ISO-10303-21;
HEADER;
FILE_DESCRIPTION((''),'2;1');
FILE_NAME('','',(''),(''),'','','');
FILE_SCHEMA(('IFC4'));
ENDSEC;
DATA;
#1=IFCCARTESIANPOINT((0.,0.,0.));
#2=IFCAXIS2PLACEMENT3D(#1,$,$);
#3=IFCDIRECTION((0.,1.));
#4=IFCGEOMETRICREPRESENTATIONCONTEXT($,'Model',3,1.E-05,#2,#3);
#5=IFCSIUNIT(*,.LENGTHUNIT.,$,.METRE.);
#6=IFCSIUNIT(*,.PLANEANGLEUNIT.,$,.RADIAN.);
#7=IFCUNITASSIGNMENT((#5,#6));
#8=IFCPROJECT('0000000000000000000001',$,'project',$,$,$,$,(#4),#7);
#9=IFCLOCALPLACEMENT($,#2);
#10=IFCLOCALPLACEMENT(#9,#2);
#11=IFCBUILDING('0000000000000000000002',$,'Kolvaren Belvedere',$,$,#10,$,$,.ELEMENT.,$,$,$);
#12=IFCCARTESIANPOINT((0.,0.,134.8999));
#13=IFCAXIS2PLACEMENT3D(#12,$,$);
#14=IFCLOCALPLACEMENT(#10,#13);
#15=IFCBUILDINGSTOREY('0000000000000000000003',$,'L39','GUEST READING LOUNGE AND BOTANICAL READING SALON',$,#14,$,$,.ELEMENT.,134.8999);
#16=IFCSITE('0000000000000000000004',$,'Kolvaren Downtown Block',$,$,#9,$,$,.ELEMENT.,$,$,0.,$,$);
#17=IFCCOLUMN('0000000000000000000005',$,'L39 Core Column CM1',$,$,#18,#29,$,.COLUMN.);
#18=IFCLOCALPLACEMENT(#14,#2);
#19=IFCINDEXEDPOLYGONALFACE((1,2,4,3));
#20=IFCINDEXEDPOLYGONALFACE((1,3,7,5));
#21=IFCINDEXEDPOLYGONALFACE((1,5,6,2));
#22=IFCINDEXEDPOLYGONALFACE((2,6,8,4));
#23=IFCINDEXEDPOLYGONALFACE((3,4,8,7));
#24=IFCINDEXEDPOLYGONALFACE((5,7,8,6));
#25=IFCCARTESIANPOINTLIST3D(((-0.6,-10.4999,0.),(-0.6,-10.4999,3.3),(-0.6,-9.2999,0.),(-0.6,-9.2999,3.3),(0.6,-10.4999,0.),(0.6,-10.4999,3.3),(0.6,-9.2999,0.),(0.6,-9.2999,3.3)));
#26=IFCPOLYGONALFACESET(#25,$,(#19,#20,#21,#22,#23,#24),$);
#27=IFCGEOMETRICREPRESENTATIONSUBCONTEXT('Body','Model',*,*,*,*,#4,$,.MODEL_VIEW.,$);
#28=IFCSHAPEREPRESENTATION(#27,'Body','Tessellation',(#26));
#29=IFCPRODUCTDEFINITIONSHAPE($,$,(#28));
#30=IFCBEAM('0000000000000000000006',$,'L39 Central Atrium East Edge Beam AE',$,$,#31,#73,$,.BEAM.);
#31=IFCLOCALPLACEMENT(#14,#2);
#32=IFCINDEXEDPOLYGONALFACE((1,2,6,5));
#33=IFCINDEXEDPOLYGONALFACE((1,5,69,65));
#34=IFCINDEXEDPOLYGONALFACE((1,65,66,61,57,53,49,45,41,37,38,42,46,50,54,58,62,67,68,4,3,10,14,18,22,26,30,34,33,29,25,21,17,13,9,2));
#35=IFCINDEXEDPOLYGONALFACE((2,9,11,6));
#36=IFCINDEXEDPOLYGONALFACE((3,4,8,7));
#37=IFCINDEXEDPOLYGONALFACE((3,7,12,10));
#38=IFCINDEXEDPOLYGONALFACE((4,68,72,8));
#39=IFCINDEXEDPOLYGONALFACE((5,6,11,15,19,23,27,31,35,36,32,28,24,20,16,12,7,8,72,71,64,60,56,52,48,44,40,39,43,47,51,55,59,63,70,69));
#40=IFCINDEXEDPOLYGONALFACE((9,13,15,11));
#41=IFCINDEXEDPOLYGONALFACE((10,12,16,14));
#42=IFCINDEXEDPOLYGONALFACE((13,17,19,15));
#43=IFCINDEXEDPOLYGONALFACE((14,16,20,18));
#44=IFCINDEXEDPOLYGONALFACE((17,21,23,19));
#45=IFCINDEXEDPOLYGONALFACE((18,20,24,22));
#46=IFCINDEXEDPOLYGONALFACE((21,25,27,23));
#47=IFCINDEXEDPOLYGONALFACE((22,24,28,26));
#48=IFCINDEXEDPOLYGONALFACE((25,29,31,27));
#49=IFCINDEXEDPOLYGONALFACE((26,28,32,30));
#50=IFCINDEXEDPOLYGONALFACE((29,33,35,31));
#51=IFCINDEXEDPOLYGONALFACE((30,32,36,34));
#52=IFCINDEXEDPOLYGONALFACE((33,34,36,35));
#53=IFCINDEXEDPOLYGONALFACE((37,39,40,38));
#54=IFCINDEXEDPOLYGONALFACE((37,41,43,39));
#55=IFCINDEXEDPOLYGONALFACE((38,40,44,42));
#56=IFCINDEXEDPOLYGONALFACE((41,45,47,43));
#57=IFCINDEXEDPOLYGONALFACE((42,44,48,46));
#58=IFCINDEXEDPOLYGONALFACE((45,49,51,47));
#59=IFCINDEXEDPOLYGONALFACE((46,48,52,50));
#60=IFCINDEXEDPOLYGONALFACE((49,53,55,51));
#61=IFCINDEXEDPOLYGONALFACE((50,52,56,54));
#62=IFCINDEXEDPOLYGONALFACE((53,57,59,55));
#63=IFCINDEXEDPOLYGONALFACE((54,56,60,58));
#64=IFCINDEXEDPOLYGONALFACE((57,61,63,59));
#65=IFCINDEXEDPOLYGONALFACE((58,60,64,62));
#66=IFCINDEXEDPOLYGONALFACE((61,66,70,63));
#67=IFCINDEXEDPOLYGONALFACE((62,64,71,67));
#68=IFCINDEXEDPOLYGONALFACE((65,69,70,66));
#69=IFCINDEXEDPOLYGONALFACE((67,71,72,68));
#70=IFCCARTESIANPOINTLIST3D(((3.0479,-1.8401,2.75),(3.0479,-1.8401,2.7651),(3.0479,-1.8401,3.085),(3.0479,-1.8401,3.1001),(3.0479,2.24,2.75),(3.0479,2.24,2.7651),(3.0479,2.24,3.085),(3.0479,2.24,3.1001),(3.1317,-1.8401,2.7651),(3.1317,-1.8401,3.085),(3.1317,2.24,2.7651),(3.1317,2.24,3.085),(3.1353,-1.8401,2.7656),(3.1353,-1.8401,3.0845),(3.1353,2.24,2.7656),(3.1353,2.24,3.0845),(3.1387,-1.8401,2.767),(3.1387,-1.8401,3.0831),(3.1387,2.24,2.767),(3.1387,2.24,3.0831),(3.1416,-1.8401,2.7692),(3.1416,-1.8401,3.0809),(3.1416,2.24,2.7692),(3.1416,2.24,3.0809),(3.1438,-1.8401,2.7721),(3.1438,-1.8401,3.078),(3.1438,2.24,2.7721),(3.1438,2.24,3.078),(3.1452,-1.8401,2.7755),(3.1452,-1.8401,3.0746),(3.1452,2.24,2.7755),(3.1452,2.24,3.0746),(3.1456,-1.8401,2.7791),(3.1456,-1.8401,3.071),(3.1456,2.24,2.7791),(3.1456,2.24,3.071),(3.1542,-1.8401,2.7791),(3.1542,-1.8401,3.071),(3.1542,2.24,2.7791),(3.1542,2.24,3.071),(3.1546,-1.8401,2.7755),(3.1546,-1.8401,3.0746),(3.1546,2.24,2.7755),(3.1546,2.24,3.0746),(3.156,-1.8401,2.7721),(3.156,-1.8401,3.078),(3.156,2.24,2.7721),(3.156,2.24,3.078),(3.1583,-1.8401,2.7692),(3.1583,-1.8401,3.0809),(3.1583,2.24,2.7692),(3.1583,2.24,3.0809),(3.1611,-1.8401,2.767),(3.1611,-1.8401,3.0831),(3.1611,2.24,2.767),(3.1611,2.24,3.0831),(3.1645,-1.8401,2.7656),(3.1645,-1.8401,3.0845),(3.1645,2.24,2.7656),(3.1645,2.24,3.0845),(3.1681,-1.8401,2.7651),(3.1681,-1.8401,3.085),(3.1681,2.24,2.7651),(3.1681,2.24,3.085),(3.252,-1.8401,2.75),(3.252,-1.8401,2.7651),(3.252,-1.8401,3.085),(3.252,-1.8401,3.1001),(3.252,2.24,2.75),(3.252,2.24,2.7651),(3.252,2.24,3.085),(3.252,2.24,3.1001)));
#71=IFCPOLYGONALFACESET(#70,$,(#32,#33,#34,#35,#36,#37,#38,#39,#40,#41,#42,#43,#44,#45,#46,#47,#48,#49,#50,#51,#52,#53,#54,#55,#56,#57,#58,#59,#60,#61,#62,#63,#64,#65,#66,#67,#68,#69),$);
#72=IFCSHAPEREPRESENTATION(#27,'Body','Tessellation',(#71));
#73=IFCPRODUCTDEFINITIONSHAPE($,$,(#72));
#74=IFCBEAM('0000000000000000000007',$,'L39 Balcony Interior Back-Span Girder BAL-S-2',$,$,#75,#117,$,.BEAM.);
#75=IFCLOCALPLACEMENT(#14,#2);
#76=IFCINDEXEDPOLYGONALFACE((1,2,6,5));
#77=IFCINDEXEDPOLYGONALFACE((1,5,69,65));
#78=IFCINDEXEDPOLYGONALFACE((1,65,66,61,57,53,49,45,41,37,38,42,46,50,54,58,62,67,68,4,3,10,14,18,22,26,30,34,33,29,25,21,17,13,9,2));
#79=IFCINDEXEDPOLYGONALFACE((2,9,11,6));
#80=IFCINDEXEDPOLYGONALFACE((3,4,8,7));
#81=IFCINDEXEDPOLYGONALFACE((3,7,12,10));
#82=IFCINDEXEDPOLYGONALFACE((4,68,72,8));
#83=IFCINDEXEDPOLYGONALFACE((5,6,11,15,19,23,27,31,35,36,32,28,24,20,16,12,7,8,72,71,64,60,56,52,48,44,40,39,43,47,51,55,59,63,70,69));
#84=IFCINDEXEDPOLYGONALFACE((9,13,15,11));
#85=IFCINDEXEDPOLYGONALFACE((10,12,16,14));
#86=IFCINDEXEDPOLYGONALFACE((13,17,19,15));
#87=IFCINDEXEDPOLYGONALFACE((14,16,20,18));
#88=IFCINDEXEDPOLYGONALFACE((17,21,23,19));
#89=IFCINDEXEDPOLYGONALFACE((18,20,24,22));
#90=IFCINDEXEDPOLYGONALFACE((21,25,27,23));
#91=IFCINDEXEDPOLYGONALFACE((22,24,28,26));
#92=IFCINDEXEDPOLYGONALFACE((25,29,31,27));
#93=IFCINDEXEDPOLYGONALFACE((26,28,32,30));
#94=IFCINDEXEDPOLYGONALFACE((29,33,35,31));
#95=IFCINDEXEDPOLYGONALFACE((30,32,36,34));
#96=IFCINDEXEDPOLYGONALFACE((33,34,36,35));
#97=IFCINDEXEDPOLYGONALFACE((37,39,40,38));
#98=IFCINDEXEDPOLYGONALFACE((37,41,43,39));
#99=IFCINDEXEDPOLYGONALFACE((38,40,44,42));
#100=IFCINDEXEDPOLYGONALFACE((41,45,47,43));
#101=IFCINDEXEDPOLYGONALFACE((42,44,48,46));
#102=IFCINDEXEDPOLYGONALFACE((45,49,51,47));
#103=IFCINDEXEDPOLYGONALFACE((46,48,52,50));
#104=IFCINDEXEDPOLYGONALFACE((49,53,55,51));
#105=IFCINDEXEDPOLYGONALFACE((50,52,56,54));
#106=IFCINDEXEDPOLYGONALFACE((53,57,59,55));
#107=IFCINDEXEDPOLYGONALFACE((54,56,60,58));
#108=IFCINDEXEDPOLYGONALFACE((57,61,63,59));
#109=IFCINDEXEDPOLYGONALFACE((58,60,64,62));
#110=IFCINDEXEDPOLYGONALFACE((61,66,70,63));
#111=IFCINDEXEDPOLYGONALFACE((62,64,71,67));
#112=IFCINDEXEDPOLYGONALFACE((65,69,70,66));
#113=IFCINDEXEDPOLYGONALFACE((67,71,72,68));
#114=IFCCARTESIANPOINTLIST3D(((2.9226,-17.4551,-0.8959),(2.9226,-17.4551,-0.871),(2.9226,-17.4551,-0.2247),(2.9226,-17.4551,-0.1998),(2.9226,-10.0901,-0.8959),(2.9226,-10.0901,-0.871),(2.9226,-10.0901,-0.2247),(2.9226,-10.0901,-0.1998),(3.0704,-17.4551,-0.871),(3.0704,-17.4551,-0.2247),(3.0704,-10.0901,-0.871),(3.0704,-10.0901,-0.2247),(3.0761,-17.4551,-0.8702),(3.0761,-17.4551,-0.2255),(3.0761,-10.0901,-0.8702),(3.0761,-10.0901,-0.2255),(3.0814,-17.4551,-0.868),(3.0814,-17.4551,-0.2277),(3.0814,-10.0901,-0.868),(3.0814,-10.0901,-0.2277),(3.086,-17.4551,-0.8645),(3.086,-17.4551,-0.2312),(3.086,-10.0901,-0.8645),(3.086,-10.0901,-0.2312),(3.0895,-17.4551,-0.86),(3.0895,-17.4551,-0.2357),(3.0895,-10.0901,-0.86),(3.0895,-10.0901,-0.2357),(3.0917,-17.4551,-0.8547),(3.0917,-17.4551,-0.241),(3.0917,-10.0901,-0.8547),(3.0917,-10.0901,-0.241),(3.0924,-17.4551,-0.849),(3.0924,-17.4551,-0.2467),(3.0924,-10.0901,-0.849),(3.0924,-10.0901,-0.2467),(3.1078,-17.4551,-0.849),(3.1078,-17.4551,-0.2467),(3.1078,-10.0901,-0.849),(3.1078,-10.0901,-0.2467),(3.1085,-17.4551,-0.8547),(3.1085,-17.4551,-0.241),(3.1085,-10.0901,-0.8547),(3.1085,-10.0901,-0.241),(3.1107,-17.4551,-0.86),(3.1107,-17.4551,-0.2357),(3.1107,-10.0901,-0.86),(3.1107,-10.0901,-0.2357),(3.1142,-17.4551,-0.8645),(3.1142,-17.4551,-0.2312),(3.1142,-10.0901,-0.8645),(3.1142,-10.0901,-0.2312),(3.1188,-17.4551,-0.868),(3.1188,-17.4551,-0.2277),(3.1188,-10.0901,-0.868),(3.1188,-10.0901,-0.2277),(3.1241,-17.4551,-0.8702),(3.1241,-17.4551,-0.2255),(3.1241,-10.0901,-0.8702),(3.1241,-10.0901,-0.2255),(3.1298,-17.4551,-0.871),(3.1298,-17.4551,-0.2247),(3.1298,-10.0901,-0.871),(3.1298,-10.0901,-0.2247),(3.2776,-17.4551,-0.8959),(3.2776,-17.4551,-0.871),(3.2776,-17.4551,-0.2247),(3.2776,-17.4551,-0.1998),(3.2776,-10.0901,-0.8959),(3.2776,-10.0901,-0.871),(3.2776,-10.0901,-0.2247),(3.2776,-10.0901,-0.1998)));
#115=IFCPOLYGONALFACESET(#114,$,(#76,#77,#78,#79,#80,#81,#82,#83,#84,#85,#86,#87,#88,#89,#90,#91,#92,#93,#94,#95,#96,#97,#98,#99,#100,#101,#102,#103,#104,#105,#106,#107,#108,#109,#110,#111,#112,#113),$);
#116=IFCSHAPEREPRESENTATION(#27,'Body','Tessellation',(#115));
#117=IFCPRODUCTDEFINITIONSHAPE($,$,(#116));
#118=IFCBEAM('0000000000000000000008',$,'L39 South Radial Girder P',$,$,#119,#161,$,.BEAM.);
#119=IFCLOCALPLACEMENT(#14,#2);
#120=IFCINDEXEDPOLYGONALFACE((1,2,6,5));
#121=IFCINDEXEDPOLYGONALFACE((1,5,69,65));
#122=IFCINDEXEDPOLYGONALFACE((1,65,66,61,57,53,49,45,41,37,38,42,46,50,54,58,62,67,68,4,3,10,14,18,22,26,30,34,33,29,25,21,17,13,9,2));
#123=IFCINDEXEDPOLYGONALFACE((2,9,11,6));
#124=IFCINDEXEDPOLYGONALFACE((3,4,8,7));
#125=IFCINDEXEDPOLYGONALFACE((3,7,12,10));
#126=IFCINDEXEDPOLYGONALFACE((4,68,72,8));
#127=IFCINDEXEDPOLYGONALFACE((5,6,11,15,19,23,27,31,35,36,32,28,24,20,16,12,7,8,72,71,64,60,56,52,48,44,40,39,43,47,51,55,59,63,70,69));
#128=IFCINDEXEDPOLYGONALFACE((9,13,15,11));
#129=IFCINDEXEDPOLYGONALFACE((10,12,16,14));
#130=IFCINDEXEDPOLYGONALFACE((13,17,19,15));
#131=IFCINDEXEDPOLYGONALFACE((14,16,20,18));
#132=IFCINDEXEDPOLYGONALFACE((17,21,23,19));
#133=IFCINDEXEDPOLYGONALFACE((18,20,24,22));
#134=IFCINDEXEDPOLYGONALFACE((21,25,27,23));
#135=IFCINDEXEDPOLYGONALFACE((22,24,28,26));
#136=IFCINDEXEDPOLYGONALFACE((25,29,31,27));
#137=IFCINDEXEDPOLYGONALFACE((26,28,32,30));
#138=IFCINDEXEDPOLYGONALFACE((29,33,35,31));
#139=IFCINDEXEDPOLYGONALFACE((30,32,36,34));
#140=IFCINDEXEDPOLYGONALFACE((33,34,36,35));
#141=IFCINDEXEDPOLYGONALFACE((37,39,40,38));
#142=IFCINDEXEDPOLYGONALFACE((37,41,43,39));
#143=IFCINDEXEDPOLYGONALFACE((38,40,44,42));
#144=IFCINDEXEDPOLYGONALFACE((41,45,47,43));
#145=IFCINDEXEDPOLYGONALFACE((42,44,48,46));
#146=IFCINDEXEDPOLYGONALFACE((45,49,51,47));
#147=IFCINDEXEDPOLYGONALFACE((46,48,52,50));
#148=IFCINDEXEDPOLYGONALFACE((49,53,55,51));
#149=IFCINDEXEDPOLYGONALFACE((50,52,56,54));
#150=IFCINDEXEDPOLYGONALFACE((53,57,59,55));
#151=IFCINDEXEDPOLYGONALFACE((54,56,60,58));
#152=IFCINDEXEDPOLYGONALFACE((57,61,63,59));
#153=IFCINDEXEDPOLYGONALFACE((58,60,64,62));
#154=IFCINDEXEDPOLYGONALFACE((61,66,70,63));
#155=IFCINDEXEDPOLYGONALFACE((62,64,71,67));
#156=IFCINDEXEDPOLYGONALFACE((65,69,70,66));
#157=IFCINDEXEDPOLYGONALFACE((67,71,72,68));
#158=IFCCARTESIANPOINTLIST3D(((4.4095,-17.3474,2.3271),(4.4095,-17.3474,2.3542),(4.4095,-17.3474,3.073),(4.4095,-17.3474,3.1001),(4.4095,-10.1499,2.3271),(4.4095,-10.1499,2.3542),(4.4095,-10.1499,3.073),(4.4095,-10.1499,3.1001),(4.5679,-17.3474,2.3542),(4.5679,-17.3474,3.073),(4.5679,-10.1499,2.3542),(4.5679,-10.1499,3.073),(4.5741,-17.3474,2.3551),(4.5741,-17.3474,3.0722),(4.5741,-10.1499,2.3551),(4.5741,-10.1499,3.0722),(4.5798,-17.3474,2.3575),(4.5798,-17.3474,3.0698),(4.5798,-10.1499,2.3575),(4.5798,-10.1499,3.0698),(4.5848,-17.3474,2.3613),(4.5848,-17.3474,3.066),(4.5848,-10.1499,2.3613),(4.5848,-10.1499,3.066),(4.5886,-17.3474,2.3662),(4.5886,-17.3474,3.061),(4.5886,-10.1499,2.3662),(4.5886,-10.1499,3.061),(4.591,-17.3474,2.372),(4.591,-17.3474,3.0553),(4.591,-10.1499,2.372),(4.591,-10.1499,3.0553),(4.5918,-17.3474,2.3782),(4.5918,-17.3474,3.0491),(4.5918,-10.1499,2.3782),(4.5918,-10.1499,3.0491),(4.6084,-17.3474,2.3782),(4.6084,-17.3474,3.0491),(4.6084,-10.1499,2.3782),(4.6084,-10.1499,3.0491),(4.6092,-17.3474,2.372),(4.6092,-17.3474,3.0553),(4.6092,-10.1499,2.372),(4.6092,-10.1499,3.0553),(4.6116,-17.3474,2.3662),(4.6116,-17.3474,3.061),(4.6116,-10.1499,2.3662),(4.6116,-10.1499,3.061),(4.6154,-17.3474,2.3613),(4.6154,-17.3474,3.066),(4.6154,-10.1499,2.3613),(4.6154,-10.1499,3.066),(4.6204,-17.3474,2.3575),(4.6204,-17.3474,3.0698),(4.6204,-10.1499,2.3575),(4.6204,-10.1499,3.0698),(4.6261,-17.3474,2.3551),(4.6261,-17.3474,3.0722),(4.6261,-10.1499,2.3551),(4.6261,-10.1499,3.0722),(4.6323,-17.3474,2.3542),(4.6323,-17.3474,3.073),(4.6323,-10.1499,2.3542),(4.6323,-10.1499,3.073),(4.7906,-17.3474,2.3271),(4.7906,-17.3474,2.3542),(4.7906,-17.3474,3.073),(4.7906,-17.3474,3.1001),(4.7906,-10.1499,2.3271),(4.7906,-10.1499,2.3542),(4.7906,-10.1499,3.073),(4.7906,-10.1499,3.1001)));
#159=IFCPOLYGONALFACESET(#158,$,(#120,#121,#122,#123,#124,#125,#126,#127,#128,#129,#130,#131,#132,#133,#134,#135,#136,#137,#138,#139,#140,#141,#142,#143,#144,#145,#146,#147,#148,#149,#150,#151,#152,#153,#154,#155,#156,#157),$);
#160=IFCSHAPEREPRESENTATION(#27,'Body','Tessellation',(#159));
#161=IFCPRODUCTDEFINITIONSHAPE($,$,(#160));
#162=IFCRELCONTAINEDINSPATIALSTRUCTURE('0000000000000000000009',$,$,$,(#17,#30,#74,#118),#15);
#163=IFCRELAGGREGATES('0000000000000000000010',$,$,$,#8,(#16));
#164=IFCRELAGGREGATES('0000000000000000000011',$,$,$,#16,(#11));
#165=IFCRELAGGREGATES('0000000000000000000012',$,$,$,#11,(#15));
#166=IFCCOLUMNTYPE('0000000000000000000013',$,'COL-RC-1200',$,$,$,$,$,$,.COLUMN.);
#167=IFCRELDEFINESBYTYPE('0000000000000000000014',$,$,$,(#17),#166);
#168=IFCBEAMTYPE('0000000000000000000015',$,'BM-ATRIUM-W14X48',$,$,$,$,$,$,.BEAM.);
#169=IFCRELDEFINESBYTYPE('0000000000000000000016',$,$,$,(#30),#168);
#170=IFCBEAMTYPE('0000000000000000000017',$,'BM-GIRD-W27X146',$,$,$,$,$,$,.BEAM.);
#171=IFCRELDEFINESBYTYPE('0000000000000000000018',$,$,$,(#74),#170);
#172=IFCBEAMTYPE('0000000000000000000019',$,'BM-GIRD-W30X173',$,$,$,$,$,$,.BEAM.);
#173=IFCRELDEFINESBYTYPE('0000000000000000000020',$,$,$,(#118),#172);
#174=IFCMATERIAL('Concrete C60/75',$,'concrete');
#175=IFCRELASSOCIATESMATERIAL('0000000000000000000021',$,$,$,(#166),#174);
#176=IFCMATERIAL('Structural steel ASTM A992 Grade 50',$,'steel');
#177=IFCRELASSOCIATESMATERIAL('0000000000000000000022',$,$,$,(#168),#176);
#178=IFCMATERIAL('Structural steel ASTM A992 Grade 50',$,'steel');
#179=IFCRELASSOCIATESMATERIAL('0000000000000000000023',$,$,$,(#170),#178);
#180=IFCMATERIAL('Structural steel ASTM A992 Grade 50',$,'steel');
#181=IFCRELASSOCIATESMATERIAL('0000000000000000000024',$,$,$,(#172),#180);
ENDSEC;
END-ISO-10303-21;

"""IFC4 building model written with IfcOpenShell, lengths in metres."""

from ifc_helpers import new_model, si_unit, direction, frame, origin, origin_2d, place, context, subcontext, project, spatial, rectangle, i_section, extrude, material, material_profile, profile_set, type_object, element, save


model = new_model("IFC4")

# Units and contexts
model_context = context("Model", 3, precision=1e-05, world=origin(), true_north=direction((0.0, 1.0)))
body_context = subcontext(model_context, "Body", "Model", "MODEL_VIEW")
ifc_project = project(units=[si_unit("LENGTHUNIT", "METRE"), si_unit("PLANEANGLEUNIT", "RADIAN")], contexts=[model_context])

# Site, building, storey
site_placement = place(None, origin())
site = spatial("IfcSite", under=ifc_project, at=site_placement, Name="Kolvaren Downtown Block", CompositionType="ELEMENT", RefElevation=0.0)
building_placement = place(site_placement, origin())
building = spatial("IfcBuilding", under=site, at=building_placement, Name="Kolvaren Belvedere", CompositionType="ELEMENT")
storey_placement = place(building_placement, frame((0.0, 0.0, 134.8999)))
storey = spatial("IfcBuildingStorey", under=building, at=storey_placement, Name="L39", Description="GUEST READING LOUNGE AND BOTANICAL READING SALON", CompositionType="ELEMENT", Elevation=134.8999)

# Column
ifc_material_1 = material(Name="Concrete C60/75", Category="concrete")
ifc_material_profile_1 = material_profile(ifc_material_1, rectangle(XDim=1.2, YDim=1.2, at=origin_2d()), Name="RC 1200X1200")
ifc_profile_set_1 = profile_set([ifc_material_profile_1], Name="Concrete C60/75")
column_type = type_object("IfcColumnType", Name="COL-RC-1200", PredefinedType="COLUMN", material=ifc_profile_set_1)
column_placement = place(storey_placement, frame((0.0, -9.8999, 0.0), z_axis=(0.0, 0.0, 1.0), x_axis=(1.0, 0.0, 0.0)))
element("IfcColumn", 1, at=column_placement, inside=storey, type_object=column_type, Name="L39 Core Column CM1", PredefinedType="COLUMN", context=body_context, shape_type="SweptSolid", body=[
    extrude(rectangle(XDim=1.2, YDim=1.2, at=origin_2d()), origin(), (0.0, 0.0, 1.0), 3.3),
])

# Beams
ifc_material_2 = material(Name="Structural steel ASTM A992 Grade 50", Category="steel")
ifc_material_profile_2 = material_profile(ifc_material_2, i_section(OverallWidth=0.2041, OverallDepth=0.3501, WebThickness=0.0085, FlangeThickness=0.0151, FilletRadius=0.0139, at=origin_2d()), Name="W14X48")
ifc_profile_set_2 = profile_set([ifc_material_profile_2], Name="Structural steel ASTM A992 Grade 50")
beam_type_1 = type_object("IfcBeamType", Name="BM-ATRIUM-W14X48", PredefinedType="BEAM", material=ifc_profile_set_2)
beam_1_placement = place(storey_placement, frame((3.1499, -1.8401, 2.925), z_axis=(0.0, 1.0, 0.0), x_axis=(-1.0, 0.0, 0.0)))
element("IfcBeam", 2, at=beam_1_placement, inside=storey, type_object=beam_type_1, Name="L39 Central Atrium East Edge Beam AE", PredefinedType="BEAM", context=body_context, shape_type="SweptSolid", body=[
    extrude(i_section(OverallWidth=0.2041, OverallDepth=0.3501, WebThickness=0.0085, FlangeThickness=0.0151, FilletRadius=0.0139, at=origin_2d()), origin(), (0.0, 0.0, 1.0), 4.0801),
])
ifc_material_3 = material(Name="Structural steel ASTM A992 Grade 50", Category="steel")
ifc_material_profile_3 = material_profile(ifc_material_3, i_section(OverallWidth=0.355, OverallDepth=0.696, WebThickness=0.0154, FlangeThickness=0.0249, FilletRadius=0.022, at=origin_2d()), Name="W27X146")
ifc_profile_set_3 = profile_set([ifc_material_profile_3], Name="Structural steel ASTM A992 Grade 50")
beam_type_2 = type_object("IfcBeamType", Name="BM-GIRD-W27X146", PredefinedType="BEAM", material=ifc_profile_set_3)
beam_2_placement = place(storey_placement, frame((3.1001, -10.0901, -0.5479), z_axis=(0.0, -1.0, 0.0), x_axis=(1.0, 0.0, 0.0)))
element("IfcBeam", 3, at=beam_2_placement, inside=storey, type_object=beam_type_2, Name="L39 Balcony Interior Back-Span Girder BAL-S-2", PredefinedType="BEAM", context=body_context, shape_type="SweptSolid", body=[
    extrude(i_section(OverallWidth=0.355, OverallDepth=0.696, WebThickness=0.0154, FlangeThickness=0.0249, FilletRadius=0.022, at=origin_2d()), origin(), (0.0, 0.0, 1.0), 7.365),
])
ifc_material_4 = material(Name="Structural steel ASTM A992 Grade 50", Category="steel")
ifc_material_profile_4 = material_profile(ifc_material_4, i_section(OverallWidth=0.3811, OverallDepth=0.7729, WebThickness=0.0166, FlangeThickness=0.0271, FilletRadius=0.0239, at=origin_2d()), Name="W30X173")
ifc_profile_set_4 = profile_set([ifc_material_profile_4], Name="Structural steel ASTM A992 Grade 50")
beam_type_3 = type_object("IfcBeamType", Name="BM-GIRD-W30X173", PredefinedType="BEAM", material=ifc_profile_set_4)
beam_3_placement = place(storey_placement, frame((4.6001, -10.1499, 2.7136), z_axis=(0.0, -1.0, 0.0), x_axis=(1.0, 0.0, 0.0)))
element("IfcBeam", 4, at=beam_3_placement, inside=storey, type_object=beam_type_3, Name="L39 South Radial Girder P", PredefinedType="BEAM", context=body_context, shape_type="SweptSolid", body=[
    extrude(i_section(OverallWidth=0.3811, OverallDepth=0.7729, WebThickness=0.0166, FlangeThickness=0.0271, FilletRadius=0.0239, at=origin_2d()), origin(), (0.0, 0.0, 1.0), 7.1975),
])

save(model, "model.ifc")
